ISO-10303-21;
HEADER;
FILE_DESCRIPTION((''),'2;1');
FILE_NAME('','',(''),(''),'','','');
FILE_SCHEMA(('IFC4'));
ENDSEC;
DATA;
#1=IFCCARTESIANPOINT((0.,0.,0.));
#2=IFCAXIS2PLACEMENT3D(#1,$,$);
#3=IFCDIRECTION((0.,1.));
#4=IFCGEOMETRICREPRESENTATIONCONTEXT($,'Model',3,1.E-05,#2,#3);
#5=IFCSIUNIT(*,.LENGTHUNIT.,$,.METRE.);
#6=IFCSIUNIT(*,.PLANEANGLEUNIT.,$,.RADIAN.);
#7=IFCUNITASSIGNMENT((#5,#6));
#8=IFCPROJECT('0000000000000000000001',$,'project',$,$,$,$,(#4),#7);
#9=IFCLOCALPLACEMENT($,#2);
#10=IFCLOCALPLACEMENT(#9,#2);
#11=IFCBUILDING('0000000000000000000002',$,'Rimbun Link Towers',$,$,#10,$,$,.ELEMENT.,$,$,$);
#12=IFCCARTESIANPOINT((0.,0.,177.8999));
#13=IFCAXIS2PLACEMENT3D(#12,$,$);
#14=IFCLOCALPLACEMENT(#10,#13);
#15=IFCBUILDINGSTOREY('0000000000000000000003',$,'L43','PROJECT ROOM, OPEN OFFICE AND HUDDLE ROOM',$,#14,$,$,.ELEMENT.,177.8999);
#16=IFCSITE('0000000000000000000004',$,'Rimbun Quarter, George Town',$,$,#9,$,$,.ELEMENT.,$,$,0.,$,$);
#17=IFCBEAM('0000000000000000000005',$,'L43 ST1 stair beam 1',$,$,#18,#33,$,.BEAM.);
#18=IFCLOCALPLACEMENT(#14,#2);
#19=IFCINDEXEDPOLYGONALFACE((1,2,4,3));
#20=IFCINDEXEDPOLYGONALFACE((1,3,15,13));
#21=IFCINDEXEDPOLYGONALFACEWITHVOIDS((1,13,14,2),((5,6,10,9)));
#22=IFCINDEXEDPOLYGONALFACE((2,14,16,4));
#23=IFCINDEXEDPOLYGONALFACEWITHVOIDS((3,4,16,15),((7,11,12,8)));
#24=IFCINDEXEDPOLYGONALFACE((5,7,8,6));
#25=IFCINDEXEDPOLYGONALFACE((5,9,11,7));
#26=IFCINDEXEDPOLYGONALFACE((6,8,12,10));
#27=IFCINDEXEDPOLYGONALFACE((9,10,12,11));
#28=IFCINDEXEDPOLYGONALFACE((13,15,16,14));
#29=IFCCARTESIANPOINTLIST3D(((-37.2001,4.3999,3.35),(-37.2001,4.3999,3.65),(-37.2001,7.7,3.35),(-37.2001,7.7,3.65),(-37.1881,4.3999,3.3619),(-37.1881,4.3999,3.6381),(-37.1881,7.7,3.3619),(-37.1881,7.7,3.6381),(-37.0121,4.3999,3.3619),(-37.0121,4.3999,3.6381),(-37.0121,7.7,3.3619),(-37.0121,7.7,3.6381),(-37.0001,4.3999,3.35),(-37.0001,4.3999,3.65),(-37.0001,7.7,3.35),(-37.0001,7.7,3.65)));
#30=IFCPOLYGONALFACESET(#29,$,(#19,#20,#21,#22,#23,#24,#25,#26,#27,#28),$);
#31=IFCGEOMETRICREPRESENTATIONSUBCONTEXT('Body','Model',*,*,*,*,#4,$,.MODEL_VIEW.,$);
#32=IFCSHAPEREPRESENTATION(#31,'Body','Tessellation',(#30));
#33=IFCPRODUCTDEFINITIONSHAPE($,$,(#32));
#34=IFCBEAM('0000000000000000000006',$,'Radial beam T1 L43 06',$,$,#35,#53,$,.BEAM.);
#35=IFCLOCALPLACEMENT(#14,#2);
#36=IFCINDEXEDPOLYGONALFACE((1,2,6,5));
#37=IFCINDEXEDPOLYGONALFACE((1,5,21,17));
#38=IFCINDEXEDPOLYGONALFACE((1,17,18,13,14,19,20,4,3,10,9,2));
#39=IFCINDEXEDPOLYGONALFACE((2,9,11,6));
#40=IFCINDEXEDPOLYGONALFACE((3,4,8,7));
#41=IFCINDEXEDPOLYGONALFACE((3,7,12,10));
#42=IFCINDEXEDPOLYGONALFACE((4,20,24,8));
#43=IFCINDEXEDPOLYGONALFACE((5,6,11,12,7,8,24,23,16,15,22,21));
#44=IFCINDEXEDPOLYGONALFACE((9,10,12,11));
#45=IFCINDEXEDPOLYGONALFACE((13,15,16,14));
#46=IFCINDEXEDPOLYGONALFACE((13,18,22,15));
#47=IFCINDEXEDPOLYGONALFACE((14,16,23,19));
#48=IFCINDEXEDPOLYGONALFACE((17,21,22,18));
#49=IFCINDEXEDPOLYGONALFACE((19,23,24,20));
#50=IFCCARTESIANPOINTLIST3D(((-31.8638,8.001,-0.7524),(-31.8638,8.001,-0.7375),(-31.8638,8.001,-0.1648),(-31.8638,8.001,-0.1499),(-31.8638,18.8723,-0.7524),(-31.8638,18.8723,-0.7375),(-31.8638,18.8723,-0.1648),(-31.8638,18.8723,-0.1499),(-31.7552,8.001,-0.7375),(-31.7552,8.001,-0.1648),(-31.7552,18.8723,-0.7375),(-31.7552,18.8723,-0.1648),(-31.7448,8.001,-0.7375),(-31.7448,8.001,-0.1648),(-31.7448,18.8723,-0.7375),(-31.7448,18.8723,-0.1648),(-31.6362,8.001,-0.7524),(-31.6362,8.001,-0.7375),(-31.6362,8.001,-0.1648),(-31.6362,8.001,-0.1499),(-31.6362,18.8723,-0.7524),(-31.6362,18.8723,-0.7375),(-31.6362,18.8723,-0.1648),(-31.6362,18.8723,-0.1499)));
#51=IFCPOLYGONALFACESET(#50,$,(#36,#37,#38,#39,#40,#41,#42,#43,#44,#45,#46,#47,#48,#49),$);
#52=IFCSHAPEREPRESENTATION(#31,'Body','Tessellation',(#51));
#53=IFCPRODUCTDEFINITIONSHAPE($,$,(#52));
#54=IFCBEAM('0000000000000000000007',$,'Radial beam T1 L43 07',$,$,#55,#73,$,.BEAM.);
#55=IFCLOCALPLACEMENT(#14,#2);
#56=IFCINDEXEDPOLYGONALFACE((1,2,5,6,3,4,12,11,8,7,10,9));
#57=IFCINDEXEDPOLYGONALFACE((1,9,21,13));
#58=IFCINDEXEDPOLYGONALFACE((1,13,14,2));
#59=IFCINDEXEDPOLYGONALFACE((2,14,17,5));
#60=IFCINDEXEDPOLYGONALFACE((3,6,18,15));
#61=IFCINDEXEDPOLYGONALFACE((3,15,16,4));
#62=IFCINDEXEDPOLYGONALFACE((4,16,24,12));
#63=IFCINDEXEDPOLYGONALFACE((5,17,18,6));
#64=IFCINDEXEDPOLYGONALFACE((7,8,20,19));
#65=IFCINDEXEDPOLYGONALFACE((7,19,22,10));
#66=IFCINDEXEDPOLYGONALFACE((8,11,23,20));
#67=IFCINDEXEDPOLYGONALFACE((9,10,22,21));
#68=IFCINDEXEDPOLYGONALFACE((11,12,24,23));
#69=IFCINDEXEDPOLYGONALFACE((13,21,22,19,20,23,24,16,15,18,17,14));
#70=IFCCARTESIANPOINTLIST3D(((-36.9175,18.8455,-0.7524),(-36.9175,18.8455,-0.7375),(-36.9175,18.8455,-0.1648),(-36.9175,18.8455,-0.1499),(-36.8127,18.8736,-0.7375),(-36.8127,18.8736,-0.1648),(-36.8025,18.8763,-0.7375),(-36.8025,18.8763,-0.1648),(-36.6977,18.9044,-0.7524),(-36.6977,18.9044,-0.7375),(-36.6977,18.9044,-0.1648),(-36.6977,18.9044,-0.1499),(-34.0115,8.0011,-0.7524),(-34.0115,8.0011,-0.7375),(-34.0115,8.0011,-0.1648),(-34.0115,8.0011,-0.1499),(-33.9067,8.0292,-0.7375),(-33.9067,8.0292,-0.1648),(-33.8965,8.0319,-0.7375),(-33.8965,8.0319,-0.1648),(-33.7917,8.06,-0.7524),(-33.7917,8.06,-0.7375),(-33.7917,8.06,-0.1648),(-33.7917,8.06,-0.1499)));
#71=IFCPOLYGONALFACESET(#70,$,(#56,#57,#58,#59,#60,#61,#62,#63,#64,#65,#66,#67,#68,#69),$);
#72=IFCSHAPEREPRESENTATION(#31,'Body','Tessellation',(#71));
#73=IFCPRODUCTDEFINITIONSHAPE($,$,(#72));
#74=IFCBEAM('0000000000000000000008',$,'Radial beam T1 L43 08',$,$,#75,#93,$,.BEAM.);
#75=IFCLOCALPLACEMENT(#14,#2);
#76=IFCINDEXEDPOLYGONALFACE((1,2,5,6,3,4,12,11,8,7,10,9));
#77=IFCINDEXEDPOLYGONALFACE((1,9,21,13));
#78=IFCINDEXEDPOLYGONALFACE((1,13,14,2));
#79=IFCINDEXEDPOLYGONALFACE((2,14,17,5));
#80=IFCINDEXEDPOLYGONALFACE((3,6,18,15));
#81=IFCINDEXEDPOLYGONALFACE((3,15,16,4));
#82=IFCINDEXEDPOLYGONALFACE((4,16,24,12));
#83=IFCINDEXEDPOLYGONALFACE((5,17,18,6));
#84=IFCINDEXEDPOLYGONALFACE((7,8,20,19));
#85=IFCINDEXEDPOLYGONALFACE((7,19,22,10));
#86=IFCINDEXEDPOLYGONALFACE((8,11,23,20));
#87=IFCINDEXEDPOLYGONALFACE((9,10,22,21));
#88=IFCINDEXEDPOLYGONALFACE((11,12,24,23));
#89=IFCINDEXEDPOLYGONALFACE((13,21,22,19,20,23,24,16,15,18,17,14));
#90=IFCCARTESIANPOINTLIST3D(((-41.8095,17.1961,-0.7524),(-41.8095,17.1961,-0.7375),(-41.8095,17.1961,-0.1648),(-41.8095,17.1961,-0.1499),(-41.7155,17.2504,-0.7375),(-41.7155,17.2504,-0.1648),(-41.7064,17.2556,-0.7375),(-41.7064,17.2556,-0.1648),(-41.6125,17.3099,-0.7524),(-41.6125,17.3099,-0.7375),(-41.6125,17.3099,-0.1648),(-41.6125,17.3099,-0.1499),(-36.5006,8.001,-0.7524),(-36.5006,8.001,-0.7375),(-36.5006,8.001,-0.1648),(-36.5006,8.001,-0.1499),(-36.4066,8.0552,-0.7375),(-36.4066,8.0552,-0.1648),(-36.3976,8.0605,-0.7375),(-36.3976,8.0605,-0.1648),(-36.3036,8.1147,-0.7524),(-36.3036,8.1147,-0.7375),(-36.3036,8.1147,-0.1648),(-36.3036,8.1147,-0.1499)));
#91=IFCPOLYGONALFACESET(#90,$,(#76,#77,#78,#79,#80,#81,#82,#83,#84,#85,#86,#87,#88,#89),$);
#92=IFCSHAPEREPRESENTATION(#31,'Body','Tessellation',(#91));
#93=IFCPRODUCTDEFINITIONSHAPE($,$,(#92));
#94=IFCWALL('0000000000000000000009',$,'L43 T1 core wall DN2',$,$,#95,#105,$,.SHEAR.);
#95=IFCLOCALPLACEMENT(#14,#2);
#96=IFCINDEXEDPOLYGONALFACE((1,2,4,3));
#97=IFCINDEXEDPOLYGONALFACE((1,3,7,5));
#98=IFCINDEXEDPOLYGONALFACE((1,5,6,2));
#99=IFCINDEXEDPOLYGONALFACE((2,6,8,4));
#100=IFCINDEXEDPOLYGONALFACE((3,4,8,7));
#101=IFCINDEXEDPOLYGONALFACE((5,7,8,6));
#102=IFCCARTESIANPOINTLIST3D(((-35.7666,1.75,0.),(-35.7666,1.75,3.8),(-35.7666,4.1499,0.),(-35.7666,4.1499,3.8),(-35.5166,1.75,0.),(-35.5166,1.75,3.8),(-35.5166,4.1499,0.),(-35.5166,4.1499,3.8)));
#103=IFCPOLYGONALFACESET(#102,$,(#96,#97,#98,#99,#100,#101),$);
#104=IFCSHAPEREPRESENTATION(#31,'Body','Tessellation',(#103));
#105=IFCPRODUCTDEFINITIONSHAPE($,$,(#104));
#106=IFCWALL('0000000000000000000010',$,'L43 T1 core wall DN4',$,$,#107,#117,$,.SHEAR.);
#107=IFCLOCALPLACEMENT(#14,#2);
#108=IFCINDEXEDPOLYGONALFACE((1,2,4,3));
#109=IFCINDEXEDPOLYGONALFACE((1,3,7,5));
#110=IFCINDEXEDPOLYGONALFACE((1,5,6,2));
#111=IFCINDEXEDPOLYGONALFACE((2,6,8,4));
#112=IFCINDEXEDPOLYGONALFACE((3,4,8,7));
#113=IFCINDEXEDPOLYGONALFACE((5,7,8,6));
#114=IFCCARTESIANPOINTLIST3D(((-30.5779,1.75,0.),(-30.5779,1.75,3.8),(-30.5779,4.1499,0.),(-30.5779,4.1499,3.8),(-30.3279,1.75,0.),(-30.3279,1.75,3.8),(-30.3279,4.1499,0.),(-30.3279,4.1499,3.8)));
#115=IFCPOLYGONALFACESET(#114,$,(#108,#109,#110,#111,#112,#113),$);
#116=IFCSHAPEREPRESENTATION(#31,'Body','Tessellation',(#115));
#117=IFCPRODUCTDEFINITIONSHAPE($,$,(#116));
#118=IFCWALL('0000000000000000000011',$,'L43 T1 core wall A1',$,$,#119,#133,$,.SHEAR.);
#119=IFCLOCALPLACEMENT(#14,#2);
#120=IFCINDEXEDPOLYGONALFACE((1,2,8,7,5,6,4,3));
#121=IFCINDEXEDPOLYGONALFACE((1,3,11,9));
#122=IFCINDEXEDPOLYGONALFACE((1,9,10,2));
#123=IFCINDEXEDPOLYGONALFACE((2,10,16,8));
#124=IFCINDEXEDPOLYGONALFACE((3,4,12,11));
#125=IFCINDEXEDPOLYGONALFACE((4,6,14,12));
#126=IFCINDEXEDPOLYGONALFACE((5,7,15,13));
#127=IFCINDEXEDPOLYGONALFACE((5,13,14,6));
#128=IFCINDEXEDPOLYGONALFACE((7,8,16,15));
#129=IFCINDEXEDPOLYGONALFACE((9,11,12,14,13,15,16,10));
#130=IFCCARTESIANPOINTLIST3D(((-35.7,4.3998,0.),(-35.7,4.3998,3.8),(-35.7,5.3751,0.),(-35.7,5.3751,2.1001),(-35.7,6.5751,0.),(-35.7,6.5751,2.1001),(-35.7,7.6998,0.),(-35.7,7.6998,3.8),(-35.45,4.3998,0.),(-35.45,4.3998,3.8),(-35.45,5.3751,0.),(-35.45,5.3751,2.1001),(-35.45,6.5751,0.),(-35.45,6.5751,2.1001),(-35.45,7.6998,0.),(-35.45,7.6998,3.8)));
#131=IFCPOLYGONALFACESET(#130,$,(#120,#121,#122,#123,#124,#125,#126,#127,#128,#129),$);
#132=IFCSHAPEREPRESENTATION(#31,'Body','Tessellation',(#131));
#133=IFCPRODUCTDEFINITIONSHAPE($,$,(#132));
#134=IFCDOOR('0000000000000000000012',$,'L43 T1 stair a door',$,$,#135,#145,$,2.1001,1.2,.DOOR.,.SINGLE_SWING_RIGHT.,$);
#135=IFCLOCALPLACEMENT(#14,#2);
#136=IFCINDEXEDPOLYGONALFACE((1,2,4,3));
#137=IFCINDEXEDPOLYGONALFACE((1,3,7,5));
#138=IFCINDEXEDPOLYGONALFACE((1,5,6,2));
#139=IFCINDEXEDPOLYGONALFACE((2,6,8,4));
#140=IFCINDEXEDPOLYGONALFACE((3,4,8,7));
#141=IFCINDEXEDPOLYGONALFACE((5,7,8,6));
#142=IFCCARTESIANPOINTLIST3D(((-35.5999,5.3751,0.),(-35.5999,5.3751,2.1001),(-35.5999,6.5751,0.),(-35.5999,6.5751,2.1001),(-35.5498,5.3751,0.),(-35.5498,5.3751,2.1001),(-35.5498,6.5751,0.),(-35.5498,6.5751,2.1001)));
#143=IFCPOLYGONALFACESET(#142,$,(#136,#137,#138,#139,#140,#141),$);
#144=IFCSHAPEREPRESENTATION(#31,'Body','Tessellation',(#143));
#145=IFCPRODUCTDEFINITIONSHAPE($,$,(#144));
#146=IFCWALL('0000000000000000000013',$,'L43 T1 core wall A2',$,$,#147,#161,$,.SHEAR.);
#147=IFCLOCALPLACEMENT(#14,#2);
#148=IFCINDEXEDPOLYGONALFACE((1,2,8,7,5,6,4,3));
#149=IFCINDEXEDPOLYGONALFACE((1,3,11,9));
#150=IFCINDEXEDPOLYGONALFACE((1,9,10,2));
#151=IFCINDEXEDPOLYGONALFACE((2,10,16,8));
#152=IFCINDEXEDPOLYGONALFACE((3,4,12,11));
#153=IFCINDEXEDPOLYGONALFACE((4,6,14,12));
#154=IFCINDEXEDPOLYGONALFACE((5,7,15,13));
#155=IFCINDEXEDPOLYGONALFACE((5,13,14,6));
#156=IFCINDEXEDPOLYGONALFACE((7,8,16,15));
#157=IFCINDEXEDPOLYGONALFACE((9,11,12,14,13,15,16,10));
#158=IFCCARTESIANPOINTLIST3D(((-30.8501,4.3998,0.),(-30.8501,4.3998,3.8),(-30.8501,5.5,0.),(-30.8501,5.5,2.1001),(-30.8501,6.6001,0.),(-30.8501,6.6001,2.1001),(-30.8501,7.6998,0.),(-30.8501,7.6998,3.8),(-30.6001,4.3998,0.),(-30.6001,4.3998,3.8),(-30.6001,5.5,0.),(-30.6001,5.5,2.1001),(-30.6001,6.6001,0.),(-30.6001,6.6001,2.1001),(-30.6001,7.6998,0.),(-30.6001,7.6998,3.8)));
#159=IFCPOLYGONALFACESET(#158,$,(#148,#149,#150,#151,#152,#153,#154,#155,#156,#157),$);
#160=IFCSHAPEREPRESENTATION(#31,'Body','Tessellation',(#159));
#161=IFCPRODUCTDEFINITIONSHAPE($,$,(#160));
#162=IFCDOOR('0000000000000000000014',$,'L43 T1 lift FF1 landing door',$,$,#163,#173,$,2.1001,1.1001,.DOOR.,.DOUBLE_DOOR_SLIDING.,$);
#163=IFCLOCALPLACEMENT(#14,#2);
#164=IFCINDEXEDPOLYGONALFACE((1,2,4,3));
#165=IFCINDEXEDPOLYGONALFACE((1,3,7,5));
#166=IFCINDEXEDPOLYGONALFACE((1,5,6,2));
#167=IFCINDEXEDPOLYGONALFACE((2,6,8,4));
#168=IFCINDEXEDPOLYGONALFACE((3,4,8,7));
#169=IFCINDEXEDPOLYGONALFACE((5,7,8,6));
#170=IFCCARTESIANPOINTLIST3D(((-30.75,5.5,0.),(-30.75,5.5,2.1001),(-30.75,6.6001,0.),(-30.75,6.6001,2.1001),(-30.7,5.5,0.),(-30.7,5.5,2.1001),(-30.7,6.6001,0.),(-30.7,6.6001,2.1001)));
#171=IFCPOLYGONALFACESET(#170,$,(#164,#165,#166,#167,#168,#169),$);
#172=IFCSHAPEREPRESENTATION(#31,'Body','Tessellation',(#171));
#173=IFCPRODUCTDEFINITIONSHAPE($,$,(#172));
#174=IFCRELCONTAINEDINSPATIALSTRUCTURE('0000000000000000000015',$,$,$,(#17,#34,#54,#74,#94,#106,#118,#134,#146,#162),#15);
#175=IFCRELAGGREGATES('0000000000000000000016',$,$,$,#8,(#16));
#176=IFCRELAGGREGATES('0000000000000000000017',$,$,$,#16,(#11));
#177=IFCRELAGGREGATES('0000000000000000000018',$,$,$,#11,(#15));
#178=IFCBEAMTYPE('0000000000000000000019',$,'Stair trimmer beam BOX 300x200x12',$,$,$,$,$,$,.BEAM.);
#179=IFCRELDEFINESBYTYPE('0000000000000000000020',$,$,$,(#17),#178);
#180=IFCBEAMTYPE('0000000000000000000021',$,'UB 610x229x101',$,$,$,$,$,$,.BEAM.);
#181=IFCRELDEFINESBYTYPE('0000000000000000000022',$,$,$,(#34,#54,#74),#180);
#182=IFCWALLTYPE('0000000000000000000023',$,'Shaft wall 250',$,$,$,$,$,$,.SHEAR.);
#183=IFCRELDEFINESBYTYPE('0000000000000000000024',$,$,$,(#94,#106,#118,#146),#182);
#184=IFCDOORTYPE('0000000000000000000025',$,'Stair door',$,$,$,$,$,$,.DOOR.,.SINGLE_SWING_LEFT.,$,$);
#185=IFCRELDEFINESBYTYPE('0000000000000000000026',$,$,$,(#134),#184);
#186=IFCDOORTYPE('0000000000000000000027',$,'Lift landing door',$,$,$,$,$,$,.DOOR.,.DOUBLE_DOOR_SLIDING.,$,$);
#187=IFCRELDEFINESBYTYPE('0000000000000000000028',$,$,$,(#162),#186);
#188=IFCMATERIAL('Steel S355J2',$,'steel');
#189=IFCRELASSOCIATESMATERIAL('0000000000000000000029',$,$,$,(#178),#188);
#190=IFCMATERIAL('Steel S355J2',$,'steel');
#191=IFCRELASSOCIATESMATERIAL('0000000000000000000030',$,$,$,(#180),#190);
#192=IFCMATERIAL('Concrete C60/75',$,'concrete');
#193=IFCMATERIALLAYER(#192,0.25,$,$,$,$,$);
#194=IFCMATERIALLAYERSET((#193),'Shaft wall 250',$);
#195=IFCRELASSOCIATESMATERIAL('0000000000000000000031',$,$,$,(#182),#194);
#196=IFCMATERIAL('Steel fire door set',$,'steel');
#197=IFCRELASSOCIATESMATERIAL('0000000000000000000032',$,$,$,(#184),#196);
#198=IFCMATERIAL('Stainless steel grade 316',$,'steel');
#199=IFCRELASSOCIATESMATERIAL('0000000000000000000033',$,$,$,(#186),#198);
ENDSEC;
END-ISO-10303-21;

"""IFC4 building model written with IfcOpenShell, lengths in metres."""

from ifc_helpers import new_model, si_unit, direction, frame, frame_2d, origin, origin_2d, place, context, subcontext, project, spatial, rectangle, hollow_rectangle, i_section, extrude, material, layer, layer_set, material_profile, profile_set, type_object, element, fill, save


model = new_model("IFC4")

# Units and contexts
model_context = context("Model", 3, precision=1e-05, world=origin(), true_north=direction((0.0, 1.0)))
body_context = subcontext(model_context, "Body", "Model", "MODEL_VIEW")
ifc_project = project(units=[si_unit("LENGTHUNIT", "METRE"), si_unit("PLANEANGLEUNIT", "RADIAN")], contexts=[model_context])

# Site, building, storey
site_placement = place(None, origin())
site = spatial("IfcSite", under=ifc_project, at=site_placement, Name="Rimbun Quarter, George Town", CompositionType="ELEMENT", RefElevation=0.0)
building_placement = place(site_placement, origin())
building = spatial("IfcBuilding", under=site, at=building_placement, Name="Rimbun Link Towers", CompositionType="ELEMENT")
storey_placement = place(building_placement, frame((0.0, 0.0, 177.8999)))
storey = spatial("IfcBuildingStorey", under=building, at=storey_placement, Name="L43", Description="PROJECT ROOM, OPEN OFFICE AND HUDDLE ROOM", CompositionType="ELEMENT", Elevation=177.8999)

# Beams
ifc_material_1 = material(Name="Steel S355J2", Category="steel")
ifc_material_profile_1 = material_profile(ifc_material_1, hollow_rectangle(XDim=0.2, YDim=0.3, WallThickness=0.012, at=origin_2d()), Name="BOX 300x200x12")
ifc_profile_set_1 = profile_set([ifc_material_profile_1], Name="Steel S355J2")
beam_type_1 = type_object("IfcBeamType", Name="Stair trimmer beam BOX 300x200x12", PredefinedType="BEAM", material=ifc_profile_set_1)
beam_1_placement = place(storey_placement, frame((-37.1001, 7.7, 3.5), z_axis=(0.0, -1.0, 0.0), x_axis=(1.0, 0.0, 0.0)))
element("IfcBeam", 1, at=beam_1_placement, inside=storey, type_object=beam_type_1, Name="L43 ST1 stair beam 1", PredefinedType="BEAM", context=body_context, shape_type="SweptSolid", body=[
    extrude(hollow_rectangle(XDim=0.2, YDim=0.3, WallThickness=0.012, at=origin_2d()), origin(), (0.0, 0.0, 1.0), 3.3),
])
ifc_material_2 = material(Name="Steel S355J2", Category="steel")
ifc_material_profile_2 = material_profile(ifc_material_2, i_section(OverallWidth=0.2275, OverallDepth=0.6025, WebThickness=0.0105, FlangeThickness=0.0149, at=origin_2d()), Name="UB 610x229x101")
ifc_profile_set_2 = profile_set([ifc_material_profile_2], Name="Steel S355J2")
beam_type_2 = type_object("IfcBeamType", Name="UB 610x229x101", PredefinedType="BEAM", material=ifc_profile_set_2)
beam_2_placement = place(storey_placement, frame((-31.75, 8.001, -0.4512), z_axis=(0.0, 1.0, 0.0), x_axis=(-1.0, 0.0, 0.0)))
element("IfcBeam", 2, at=beam_2_placement, inside=storey, type_object=beam_type_2, Name="Radial beam T1 L43 06", PredefinedType="BEAM", context=body_context, shape_type="SweptSolid", body=[
    extrude(i_section(OverallWidth=0.2275, OverallDepth=0.6025, WebThickness=0.0105, FlangeThickness=0.0149, at=origin_2d()), origin(), (0.0, 0.0, 1.0), 10.8713),
])
beam_3_placement = place(storey_placement, frame((-33.9016, 8.0305, -0.4512), z_axis=(-0.258839, 0.965921, 0.0), x_axis=(-0.965921, -0.258839, 0.0)))
element("IfcBeam", 3, at=beam_3_placement, inside=storey, type_object=beam_type_2, Name="Radial beam T1 L43 07", PredefinedType="BEAM", context=body_context, shape_type="SweptSolid", body=[
    extrude(i_section(OverallWidth=0.2275, OverallDepth=0.6025, WebThickness=0.0105, FlangeThickness=0.0149, at=origin_2d()), origin(), (0.0, 0.0, 1.0), 11.2271),
])
beam_4_placement = place(storey_placement, frame((-36.4021, 8.0579, -0.4512), z_axis=(-0.500004, 0.866023, 0.0), x_axis=(-0.866023, -0.500004, 0.0)))
element("IfcBeam", 4, at=beam_4_placement, inside=storey, type_object=beam_type_2, Name="Radial beam T1 L43 08", PredefinedType="BEAM", context=body_context, shape_type="SweptSolid", body=[
    extrude(i_section(OverallWidth=0.2275, OverallDepth=0.6025, WebThickness=0.0105, FlangeThickness=0.0149, at=origin_2d()), origin(), (0.0, 0.0, 1.0), 10.6177),
])

# Walls
ifc_material_3 = material(Name="Concrete C60/75", Category="concrete")
ifc_layer = layer(ifc_material_3, 0.25)
ifc_layer_set = layer_set([ifc_layer], Name="Shaft wall 250")
wall_type = type_object("IfcWallType", Name="Shaft wall 250", PredefinedType="SHEAR", material=ifc_layer_set)
for number, where, z_axis, x_axis, name in (
    (5, (-35.6416, 1.75, 0.0), (0.0, 0.0, 1.0), (0.0, 1.0, 0.0), "L43 T1 core wall DN2"),
    (6, (-30.4529, 1.75, 0.0), (0.0, 0.0, 1.0), (0.0, 1.0, 0.0), "L43 T1 core wall DN4"),
):
    element("IfcWall", number, at=place(storey_placement, frame(where, z_axis=z_axis, x_axis=x_axis)), inside=storey, type_object=wall_type, Name=name, PredefinedType="SHEAR", context=body_context, shape_type="SweptSolid", body=[
        extrude(rectangle(XDim=2.3999, YDim=0.25, at=frame_2d((1.2, 0.0))), origin(), (0.0, 0.0, 1.0), 3.8),
    ])

# Walls, openings, doors
wall_1_placement = place(storey_placement, frame((-35.575, 4.3999, 0.0), z_axis=(0.0, 0.0, 1.0), x_axis=(0.0, 1.0, 0.0)))
wall_1 = element("IfcWall", 7, at=wall_1_placement, inside=storey, type_object=wall_type, Name="L43 T1 core wall A1", PredefinedType="SHEAR", context=body_context, shape_type="SweptSolid", body=[
    extrude(rectangle(XDim=3.3, YDim=0.25, at=frame_2d((1.6499, 0.0))), origin(), (0.0, 0.0, 1.0), 3.8),
])
opening_1_placement = place(wall_1_placement, frame((0.9751, 0.0, 0.0)))
opening_1 = element("IfcOpeningElement", 8, at=opening_1_placement, cuts=wall_1, PredefinedType="OPENING", context=body_context, shape_type="SweptSolid", body=[
    extrude(rectangle(XDim=1.2, YDim=2.1001, at=frame_2d((0.6001, 1.05))), frame((0.0, 0.135, 0.0), z_axis=(0.0, -1.0, 0.0), x_axis=(1.0, 0.0, 0.0)), (0.0, 0.0, 1.0), 0.27),
])
ifc_material_4 = material(Name="Steel fire door set", Category="steel")
door_type_1 = type_object("IfcDoorType", Name="Stair door", OperationType="SINGLE_SWING_LEFT", PredefinedType="DOOR", material=ifc_material_4)
door_1_placement = place(opening_1_placement, origin())
door_1 = element("IfcDoor", 9, at=door_1_placement, inside=storey, type_object=door_type_1, Name="L43 T1 stair a door", OperationType="SINGLE_SWING_RIGHT", OverallHeight=2.1001, OverallWidth=1.2, PredefinedType="DOOR", context=body_context, shape_type="SweptSolid", body=[
    extrude(rectangle(XDim=1.2, YDim=2.1001, at=frame_2d((0.6001, 1.05))), frame((0.0, 0.0249, 0.0), z_axis=(0.0, -1.0, 0.0), x_axis=(1.0, 0.0, 0.0)), (0.0, 0.0, 1.0), 0.05),
])
fill(opening_1, door_1)
wall_2_placement = place(storey_placement, frame((-30.7251, 4.3999, 0.0), z_axis=(0.0, 0.0, 1.0), x_axis=(0.0, 1.0, 0.0)))
wall_2 = element("IfcWall", 10, at=wall_2_placement, inside=storey, type_object=wall_type, Name="L43 T1 core wall A2", PredefinedType="SHEAR", context=body_context, shape_type="SweptSolid", body=[
    extrude(rectangle(XDim=3.3, YDim=0.25, at=frame_2d((1.6499, 0.0))), origin(), (0.0, 0.0, 1.0), 3.8),
])
opening_2_placement = place(wall_2_placement, frame((1.1001, 0.0, 0.0)))
opening_2 = element("IfcOpeningElement", 11, at=opening_2_placement, cuts=wall_2, PredefinedType="OPENING", context=body_context, shape_type="SweptSolid", body=[
    extrude(rectangle(XDim=1.1001, YDim=2.1001, at=frame_2d((0.55, 1.05))), frame((0.0, 0.135, 0.0), z_axis=(0.0, -1.0, 0.0), x_axis=(1.0, 0.0, 0.0)), (0.0, 0.0, 1.0), 0.27),
])
ifc_material_5 = material(Name="Stainless steel grade 316", Category="steel")
door_type_2 = type_object("IfcDoorType", Name="Lift landing door", OperationType="DOUBLE_DOOR_SLIDING", PredefinedType="DOOR", material=ifc_material_5)
door_2_placement = place(opening_2_placement, origin())
door_2 = element("IfcDoor", 12, at=door_2_placement, inside=storey, type_object=door_type_2, Name="L43 T1 lift FF1 landing door", OperationType="DOUBLE_DOOR_SLIDING", OverallHeight=2.1001, OverallWidth=1.1001, PredefinedType="DOOR", context=body_context, shape_type="SweptSolid", body=[
    extrude(rectangle(XDim=1.1001, YDim=2.1001, at=frame_2d((0.55, 1.05))), frame((0.0, 0.0249, 0.0), z_axis=(0.0, -1.0, 0.0), x_axis=(1.0, 0.0, 0.0)), (0.0, 0.0, 1.0), 0.05),
])
fill(opening_2, door_2)

save(model, "model.ifc")
